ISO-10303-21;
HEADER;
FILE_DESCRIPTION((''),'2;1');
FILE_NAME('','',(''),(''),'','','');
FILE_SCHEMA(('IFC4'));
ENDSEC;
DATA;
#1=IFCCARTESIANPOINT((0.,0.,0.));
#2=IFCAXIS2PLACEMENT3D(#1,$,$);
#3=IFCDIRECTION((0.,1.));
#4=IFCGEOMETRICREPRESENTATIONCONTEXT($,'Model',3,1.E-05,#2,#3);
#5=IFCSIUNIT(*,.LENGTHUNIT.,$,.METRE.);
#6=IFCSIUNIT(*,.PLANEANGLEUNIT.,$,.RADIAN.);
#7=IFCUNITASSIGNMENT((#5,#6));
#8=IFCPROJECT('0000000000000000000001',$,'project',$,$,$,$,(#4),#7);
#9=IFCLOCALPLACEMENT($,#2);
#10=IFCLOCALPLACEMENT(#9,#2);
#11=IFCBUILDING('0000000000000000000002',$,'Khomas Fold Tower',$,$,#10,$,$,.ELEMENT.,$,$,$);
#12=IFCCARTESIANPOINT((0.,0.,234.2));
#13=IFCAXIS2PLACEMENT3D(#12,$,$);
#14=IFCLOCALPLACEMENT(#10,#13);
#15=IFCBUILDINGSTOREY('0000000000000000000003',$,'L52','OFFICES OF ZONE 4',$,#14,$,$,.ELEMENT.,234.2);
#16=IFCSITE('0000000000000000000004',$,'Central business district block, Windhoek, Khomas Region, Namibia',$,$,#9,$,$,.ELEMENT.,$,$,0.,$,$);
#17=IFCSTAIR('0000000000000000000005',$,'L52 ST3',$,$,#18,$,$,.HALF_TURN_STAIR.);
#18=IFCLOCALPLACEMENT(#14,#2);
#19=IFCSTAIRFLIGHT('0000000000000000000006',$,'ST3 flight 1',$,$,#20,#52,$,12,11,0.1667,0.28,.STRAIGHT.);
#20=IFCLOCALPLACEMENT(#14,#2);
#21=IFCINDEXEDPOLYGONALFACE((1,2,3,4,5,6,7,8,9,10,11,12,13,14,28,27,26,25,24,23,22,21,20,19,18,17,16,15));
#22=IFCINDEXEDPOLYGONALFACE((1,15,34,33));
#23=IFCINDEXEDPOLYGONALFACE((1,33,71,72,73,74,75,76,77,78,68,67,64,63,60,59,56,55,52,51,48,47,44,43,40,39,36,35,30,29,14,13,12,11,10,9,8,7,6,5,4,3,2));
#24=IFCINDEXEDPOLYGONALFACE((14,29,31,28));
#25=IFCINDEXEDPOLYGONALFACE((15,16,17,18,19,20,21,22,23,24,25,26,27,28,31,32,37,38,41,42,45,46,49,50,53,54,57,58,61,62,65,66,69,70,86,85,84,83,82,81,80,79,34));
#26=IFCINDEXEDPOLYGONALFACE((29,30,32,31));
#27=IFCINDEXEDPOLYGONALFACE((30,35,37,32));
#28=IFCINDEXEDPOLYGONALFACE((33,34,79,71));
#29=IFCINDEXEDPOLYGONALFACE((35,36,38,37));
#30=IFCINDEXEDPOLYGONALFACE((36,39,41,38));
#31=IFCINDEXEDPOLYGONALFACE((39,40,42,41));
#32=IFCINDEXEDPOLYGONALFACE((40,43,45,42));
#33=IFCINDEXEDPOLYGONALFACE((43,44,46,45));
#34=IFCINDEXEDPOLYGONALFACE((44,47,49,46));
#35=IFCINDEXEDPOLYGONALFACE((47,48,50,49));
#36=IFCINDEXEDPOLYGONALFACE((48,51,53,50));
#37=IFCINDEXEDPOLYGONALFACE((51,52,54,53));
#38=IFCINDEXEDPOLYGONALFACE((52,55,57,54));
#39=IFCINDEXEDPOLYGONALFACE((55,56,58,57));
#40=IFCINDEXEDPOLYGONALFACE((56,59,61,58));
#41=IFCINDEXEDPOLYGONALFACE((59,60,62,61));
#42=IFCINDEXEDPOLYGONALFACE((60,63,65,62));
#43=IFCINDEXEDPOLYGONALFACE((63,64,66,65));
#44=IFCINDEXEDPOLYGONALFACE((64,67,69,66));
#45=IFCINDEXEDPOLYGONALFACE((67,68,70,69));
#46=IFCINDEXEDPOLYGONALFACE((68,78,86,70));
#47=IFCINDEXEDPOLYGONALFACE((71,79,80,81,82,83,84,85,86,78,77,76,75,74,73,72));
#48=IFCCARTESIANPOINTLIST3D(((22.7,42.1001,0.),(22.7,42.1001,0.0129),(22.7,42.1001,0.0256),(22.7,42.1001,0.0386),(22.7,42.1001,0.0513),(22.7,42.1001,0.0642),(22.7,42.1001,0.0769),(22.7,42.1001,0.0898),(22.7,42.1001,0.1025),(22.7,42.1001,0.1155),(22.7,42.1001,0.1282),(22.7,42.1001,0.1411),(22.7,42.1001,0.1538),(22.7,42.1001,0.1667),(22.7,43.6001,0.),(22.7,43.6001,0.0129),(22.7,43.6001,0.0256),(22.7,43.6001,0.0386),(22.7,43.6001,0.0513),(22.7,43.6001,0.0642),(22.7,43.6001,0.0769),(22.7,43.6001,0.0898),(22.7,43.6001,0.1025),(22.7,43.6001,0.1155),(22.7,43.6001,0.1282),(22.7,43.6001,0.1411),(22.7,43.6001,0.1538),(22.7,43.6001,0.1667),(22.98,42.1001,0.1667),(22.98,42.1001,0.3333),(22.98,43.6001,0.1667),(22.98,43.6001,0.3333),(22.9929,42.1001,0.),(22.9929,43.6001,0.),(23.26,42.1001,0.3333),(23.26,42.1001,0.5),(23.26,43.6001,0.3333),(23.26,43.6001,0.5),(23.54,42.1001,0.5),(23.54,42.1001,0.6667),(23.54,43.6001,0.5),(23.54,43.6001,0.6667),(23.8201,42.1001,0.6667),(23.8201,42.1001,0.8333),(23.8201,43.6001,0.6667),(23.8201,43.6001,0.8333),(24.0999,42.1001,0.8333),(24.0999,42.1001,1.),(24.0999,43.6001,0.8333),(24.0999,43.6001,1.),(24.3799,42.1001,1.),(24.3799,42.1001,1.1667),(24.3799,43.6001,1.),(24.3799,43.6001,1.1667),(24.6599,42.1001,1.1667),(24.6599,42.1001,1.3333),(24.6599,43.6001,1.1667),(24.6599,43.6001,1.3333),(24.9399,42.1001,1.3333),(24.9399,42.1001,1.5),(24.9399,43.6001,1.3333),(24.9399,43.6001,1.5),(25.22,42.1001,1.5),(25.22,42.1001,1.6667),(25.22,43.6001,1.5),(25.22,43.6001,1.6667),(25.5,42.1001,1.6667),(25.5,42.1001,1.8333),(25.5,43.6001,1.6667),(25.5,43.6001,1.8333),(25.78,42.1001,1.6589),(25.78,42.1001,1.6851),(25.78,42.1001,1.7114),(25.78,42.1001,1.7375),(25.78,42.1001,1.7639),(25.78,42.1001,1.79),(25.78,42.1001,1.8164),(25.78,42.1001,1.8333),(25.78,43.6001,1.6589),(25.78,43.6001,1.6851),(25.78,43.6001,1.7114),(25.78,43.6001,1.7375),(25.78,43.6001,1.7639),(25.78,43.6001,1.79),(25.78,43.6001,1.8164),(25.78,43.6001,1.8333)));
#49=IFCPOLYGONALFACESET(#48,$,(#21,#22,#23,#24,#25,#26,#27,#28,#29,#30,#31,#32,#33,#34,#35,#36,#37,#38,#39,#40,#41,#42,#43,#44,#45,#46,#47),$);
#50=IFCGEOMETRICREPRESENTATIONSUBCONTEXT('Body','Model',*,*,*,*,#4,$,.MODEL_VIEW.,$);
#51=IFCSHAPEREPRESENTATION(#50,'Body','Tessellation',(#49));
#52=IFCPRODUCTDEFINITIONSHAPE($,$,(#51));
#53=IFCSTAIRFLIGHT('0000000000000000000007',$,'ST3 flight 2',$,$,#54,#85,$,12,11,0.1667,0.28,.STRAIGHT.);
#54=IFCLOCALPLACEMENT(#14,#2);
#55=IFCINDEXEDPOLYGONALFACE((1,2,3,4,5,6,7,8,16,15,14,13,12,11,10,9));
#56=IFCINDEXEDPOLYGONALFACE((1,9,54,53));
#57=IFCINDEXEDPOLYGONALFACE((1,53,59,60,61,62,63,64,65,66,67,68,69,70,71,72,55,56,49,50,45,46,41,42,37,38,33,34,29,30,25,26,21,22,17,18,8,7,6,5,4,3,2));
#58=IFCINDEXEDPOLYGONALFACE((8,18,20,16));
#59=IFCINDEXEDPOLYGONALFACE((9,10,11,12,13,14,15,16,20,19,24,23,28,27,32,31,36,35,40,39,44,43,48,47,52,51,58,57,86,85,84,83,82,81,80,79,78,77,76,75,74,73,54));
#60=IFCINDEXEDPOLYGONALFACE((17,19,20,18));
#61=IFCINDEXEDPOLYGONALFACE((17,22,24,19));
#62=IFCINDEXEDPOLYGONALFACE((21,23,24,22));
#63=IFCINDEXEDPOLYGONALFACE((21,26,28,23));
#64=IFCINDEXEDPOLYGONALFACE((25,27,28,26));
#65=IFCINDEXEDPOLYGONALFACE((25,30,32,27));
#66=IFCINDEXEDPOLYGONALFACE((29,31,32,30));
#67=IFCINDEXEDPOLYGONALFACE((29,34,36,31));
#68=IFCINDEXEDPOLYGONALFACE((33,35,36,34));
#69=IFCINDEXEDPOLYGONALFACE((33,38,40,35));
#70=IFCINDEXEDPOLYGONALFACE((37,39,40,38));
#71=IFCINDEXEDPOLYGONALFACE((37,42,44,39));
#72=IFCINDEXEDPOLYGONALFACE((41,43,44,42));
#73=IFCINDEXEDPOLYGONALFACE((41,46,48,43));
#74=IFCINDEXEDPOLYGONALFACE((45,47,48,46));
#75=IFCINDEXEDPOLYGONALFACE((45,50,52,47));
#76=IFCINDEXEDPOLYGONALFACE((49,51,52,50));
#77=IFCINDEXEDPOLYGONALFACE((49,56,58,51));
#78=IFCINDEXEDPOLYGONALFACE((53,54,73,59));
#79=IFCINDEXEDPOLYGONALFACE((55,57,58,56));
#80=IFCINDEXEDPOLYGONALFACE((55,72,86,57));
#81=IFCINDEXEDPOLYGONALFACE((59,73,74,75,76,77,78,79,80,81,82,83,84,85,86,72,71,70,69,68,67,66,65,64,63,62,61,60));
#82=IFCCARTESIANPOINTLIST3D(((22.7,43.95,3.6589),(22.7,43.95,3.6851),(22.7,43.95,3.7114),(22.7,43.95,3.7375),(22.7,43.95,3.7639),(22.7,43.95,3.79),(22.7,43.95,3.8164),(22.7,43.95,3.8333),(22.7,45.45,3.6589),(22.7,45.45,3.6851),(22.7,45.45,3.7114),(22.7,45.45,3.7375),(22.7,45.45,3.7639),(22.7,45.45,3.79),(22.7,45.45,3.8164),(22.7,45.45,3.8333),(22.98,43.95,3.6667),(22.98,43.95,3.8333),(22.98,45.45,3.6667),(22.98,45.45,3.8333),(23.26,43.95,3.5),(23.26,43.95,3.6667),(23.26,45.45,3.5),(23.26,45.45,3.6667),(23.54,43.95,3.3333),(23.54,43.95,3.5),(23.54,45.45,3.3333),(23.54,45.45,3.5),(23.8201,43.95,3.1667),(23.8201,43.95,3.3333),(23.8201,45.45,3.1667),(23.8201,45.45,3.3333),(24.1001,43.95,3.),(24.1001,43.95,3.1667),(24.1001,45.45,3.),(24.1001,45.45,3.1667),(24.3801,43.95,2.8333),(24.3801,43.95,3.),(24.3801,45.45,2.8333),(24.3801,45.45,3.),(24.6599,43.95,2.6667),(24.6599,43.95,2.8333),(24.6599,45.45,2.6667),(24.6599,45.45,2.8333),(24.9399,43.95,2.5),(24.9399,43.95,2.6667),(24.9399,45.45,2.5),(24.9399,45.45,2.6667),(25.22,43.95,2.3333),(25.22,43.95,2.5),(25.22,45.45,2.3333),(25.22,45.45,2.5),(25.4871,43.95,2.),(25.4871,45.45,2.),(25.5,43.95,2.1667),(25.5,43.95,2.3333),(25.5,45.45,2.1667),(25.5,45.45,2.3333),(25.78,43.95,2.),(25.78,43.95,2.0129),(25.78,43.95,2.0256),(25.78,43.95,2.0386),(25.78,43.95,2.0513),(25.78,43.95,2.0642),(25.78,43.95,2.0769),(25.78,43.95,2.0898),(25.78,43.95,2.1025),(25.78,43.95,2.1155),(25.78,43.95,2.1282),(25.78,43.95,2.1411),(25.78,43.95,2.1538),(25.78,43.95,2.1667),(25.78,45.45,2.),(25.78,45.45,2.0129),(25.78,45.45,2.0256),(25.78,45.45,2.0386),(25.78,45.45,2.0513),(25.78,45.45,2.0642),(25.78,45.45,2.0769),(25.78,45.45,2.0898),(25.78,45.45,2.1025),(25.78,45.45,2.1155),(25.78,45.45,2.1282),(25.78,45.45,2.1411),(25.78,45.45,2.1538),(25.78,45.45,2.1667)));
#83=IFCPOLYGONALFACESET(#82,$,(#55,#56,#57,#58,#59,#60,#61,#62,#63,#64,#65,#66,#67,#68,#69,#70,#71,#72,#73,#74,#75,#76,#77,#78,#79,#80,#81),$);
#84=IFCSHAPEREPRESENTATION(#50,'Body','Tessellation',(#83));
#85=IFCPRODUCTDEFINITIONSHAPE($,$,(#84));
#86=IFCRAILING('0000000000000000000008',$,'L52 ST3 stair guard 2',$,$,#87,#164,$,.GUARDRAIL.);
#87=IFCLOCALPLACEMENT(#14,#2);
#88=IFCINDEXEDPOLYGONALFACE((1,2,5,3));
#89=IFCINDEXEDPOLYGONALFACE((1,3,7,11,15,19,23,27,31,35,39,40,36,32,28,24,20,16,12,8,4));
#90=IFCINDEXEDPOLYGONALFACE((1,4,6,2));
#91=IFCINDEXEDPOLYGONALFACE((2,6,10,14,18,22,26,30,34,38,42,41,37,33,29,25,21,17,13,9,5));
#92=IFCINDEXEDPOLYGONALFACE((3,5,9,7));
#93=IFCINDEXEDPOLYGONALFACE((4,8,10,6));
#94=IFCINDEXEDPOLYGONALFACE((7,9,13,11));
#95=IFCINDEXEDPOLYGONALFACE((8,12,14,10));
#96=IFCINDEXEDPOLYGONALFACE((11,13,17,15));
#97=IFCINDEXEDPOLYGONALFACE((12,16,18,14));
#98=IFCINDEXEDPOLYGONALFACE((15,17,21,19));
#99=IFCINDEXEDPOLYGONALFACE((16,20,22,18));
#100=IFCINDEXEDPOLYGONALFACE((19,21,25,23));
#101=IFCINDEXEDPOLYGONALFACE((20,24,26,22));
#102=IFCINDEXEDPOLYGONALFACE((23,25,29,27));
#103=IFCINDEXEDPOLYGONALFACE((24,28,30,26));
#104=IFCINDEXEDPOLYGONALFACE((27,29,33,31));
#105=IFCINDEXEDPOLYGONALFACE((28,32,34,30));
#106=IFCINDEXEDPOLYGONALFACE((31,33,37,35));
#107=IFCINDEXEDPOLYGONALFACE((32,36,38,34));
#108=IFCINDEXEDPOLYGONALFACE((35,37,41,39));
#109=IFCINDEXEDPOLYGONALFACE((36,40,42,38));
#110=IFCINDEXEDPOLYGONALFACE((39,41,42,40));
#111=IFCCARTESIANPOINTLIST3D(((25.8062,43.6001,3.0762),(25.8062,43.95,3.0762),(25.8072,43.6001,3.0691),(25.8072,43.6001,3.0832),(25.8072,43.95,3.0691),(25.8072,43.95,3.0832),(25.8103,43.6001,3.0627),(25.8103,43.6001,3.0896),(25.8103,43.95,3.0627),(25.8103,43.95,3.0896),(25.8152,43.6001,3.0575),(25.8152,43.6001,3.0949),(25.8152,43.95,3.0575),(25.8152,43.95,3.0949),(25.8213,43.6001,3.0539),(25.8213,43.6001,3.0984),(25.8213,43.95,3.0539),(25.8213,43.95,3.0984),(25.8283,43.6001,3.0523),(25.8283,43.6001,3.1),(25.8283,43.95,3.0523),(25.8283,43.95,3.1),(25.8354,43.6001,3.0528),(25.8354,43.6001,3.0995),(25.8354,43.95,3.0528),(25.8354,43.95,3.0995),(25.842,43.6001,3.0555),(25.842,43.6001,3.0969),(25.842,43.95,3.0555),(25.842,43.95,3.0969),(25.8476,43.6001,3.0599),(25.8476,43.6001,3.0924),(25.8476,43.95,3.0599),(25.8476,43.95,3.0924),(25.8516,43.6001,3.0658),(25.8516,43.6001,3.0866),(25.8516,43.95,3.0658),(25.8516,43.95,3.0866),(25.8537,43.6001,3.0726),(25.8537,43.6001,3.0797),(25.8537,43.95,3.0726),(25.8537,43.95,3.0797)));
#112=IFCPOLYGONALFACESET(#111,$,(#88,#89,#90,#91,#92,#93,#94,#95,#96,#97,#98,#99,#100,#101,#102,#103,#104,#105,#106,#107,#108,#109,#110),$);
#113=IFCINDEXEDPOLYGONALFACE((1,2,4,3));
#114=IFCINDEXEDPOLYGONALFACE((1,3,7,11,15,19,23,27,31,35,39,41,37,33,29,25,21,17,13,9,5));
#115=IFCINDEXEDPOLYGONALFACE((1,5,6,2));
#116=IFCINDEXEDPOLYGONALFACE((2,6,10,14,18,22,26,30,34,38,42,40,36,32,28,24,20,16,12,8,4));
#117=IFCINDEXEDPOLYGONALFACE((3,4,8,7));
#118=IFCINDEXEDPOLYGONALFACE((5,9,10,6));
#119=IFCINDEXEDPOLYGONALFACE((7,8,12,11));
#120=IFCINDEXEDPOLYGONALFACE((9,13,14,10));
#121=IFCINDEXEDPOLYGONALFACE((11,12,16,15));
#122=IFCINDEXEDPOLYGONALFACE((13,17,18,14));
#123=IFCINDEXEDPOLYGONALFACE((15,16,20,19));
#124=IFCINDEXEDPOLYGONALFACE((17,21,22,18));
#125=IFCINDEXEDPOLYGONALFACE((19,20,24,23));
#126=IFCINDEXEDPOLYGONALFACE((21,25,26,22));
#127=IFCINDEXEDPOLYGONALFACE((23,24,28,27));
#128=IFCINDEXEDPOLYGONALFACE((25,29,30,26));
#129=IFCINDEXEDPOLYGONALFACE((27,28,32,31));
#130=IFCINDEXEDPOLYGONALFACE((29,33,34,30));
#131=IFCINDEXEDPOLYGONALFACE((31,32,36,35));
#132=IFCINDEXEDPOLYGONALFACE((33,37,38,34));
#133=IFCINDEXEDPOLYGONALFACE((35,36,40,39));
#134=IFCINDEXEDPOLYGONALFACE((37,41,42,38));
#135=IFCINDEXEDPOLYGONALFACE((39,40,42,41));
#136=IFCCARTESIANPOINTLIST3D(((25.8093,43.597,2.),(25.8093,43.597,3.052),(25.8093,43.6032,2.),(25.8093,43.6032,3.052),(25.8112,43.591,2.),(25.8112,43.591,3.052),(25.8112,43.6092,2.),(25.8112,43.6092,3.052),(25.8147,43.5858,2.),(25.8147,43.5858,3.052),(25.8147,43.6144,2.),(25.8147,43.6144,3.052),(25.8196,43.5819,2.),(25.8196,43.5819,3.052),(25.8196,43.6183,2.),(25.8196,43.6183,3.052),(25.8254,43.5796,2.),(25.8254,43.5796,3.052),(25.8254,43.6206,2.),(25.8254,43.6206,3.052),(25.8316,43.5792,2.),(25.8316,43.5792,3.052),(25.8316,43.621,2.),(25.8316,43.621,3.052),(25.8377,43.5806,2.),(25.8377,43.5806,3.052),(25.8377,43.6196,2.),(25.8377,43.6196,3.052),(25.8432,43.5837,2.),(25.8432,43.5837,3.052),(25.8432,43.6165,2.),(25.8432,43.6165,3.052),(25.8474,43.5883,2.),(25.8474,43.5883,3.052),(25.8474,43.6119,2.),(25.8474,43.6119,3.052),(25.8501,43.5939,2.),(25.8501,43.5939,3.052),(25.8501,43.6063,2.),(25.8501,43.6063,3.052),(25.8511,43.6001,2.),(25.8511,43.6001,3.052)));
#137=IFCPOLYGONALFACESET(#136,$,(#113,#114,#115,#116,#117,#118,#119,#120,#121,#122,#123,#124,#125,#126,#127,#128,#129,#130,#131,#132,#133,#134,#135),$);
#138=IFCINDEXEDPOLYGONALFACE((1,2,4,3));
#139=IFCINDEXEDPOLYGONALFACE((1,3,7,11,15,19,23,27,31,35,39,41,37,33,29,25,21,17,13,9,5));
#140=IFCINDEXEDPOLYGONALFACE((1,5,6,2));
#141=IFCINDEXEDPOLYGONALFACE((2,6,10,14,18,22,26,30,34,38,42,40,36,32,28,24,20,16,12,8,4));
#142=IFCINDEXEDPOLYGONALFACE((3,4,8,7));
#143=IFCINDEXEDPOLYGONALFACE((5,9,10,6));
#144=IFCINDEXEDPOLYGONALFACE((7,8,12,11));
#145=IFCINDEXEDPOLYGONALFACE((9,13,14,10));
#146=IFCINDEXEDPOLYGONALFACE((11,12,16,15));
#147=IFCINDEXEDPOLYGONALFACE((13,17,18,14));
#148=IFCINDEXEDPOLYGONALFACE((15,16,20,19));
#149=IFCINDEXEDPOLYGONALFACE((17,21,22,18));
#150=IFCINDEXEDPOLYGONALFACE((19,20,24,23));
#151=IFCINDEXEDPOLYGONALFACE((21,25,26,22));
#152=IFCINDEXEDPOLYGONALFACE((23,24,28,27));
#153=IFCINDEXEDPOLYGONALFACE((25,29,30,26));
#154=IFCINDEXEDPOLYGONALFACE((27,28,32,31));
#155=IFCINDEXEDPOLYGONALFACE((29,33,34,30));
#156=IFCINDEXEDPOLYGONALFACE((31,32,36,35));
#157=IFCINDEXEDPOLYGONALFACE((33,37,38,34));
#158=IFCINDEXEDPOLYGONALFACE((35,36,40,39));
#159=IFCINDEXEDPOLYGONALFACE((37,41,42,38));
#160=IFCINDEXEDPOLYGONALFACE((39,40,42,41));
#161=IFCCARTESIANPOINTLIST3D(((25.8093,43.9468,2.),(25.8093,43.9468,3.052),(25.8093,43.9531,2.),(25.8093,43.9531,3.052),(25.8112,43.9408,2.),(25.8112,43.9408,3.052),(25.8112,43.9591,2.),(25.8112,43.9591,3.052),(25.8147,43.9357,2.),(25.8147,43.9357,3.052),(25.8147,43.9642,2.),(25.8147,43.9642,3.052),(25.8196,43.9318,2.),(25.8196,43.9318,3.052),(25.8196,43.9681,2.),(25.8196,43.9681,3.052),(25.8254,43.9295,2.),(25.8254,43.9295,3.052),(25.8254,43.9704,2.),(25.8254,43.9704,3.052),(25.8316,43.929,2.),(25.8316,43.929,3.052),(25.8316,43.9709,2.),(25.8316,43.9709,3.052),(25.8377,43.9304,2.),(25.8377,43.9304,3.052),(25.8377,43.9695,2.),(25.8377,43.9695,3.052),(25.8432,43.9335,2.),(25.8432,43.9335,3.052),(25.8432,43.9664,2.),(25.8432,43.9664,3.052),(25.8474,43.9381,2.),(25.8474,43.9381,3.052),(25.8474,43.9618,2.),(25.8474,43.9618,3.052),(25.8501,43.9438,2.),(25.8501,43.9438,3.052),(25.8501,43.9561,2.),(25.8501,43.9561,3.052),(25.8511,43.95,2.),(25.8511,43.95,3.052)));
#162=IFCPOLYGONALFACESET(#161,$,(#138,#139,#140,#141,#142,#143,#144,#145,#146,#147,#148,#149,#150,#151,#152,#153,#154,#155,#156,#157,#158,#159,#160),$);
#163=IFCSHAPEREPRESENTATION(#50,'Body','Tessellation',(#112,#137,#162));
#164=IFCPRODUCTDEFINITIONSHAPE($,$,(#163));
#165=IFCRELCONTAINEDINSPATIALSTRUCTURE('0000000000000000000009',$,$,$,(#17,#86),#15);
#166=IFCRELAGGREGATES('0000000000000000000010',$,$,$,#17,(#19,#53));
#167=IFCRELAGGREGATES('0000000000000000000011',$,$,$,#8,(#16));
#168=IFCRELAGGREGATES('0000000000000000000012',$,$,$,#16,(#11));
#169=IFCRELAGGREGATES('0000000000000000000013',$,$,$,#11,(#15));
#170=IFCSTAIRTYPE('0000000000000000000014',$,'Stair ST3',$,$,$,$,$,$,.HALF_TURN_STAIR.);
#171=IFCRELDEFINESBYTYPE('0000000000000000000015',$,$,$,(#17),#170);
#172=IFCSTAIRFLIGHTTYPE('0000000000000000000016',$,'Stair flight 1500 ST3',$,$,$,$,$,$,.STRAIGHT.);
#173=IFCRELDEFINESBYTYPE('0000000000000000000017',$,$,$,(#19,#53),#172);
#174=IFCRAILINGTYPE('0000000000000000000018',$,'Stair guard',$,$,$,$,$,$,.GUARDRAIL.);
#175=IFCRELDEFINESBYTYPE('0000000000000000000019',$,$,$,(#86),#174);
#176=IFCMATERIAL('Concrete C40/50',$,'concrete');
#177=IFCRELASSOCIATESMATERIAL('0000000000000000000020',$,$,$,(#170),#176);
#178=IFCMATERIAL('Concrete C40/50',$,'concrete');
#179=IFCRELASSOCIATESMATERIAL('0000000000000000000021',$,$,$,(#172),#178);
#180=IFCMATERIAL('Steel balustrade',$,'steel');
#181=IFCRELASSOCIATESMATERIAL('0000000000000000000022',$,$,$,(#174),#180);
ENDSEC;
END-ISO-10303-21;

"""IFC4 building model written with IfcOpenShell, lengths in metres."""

from ifc_helpers import new_model, si_unit, direction, frame, origin, origin_2d, place, context, subcontext, project, spatial, polyline, circle, outline, extrude, source, transform, mapped, material, type_object, element, aggregate, save


model = new_model("IFC4")

# Units and contexts
model_context = context("Model", 3, precision=1e-05, world=origin(), true_north=direction((0.0, 1.0)))
body_context = subcontext(model_context, "Body", "Model", "MODEL_VIEW")
ifc_project = project(units=[si_unit("LENGTHUNIT", "METRE"), si_unit("PLANEANGLEUNIT", "RADIAN")], contexts=[model_context])

# Site, building, storey
site_placement = place(None, origin())
site = spatial("IfcSite", under=ifc_project, at=site_placement, Name="Central business district block, Windhoek, Khomas Region, Namibia", CompositionType="ELEMENT", RefElevation=0.0)
building_placement = place(site_placement, origin())
building = spatial("IfcBuilding", under=site, at=building_placement, Name="Khomas Fold Tower", CompositionType="ELEMENT")
storey_placement = place(building_placement, frame((0.0, 0.0, 234.2)))
storey = spatial("IfcBuildingStorey", under=building, at=storey_placement, Name="L52", Description="OFFICES OF ZONE 4", CompositionType="ELEMENT", Elevation=234.2)

# Stair, stair flights
ifc_material_1 = material(Name="Concrete C40/50", Category="concrete")
stair_type = type_object("IfcStairType", Name="Stair ST3", PredefinedType="HALF_TURN_STAIR", material=ifc_material_1)
stair_placement = place(storey_placement, origin())
stair = element("IfcStair", 1, at=stair_placement, inside=storey, type_object=stair_type, Name="L52 ST3", PredefinedType="HALF_TURN_STAIR")
ifc_material_2 = material(Name="Concrete C40/50", Category="concrete")
stair_flight_type = type_object("IfcStairFlightType", Name="Stair flight 1500 ST3", PredefinedType="STRAIGHT", material=ifc_material_2)
shared_shape_1 = source(origin(), body_context, "Body", "SweptSolid", [
    extrude(outline(polyline([(0.0, 0.0), (0.0, 0.0129), (0.0, 0.0256), (0.0, 0.0386), (0.0, 0.0513), (0.0, 0.0642), (0.0, 0.0769), (0.0, 0.0898), (0.0, 0.1025), (0.0, 0.1155), (0.0, 0.1282), (0.0, 0.1411), (0.0, 0.1538), (0.0, 0.1667), (0.28, 0.1667), (0.28, 0.3333), (0.5601, 0.3333), (0.5601, 0.5), (0.8401, 0.5), (0.8401, 0.6667), (1.1201, 0.6667), (1.1201, 0.8333), (1.3999, 0.8333), (1.3999, 1.0), (1.6799, 1.0), (1.6799, 1.1667), (1.96, 1.1667), (1.96, 1.3333), (2.24, 1.3333), (2.24, 1.5), (2.52, 1.5), (2.52, 1.6667), (2.8, 1.6667), (2.8, 1.8333), (3.0801, 1.8333), (3.0801, 2.0), (3.0801, 1.9739), (3.0801, 1.9475), (3.0801, 1.9214), (3.0801, 1.895), (3.0801, 1.8689), (3.0801, 1.8425), (3.0801, 1.8164), (3.0801, 1.79), (3.0801, 1.7639), (3.0801, 1.7375), (3.0801, 1.7114), (3.0801, 1.6851), (3.0801, 1.6589), (0.293, 0.0), (0.0, 0.0)])), frame((0.0, 0.75, 0.0), z_axis=(0.0, -1.0, 0.0), x_axis=(1.0, 0.0, 0.0)), (0.0, 0.0, 1.0), 1.5),
])
stair_flight_1_placement = place(storey_placement, frame((22.7, 42.8501, 0.0), z_axis=(0.0, 0.0, 1.0), x_axis=(1.0, 0.0, 0.0)))
stair_flight_1 = element("IfcStairFlight", 2, at=stair_flight_1_placement, type_object=stair_flight_type, Name="ST3 flight 1", NumberOfRisers=12, NumberOfTreads=11, PredefinedType="STRAIGHT", RiserHeight=0.1667, TreadLength=0.28, context=body_context, shape_type="MappedRepresentation", body=[
    mapped(shared_shape_1, transform((0.0, 0.0, 0.0))),
])
stair_flight_2_placement = place(storey_placement, frame((25.78, 44.7, 2.0), z_axis=(0.0, 0.0, 1.0), x_axis=(-1.0, 0.0, 0.0)))
stair_flight_2 = element("IfcStairFlight", 3, at=stair_flight_2_placement, type_object=stair_flight_type, Name="ST3 flight 2", NumberOfRisers=12, NumberOfTreads=11, PredefinedType="STRAIGHT", RiserHeight=0.1667, TreadLength=0.28, context=body_context, shape_type="MappedRepresentation", body=[
    mapped(shared_shape_1, transform((0.0, 0.0, 0.0))),
])
aggregate(stair, [stair_flight_1, stair_flight_2])

# Railing
ifc_material_3 = material(Name="Steel balustrade", Category="steel")
railing_type_1 = type_object("IfcRailingType", Name="Stair guard", PredefinedType="GUARDRAIL", material=ifc_material_3)
shared_shape_2 = source(origin(), body_context, "Body", "SweptSolid", [
    extrude(circle(Radius=0.0239, at=origin_2d()), frame((0.0, 0.0, 1.0762), z_axis=(0.0, 1.0, 0.0), x_axis=(-1.0, 0.0, 0.0)), (0.0, 0.0, 1.0), 0.3499),
    extrude(circle(Radius=0.021, at=origin_2d()), origin(), (0.0, 0.0, 1.0), 1.052),
    extrude(circle(Radius=0.021, at=origin_2d()), frame((0.0, 0.3499, 0.0)), (0.0, 0.0, 1.0), 1.052),
])
for number, where, name in (
    (4, (25.8301, 43.6001, 2.0), "L52 ST3 stair guard 2"),
):
    element("IfcRailing", number, at=place(storey_placement, frame(where)), inside=storey, type_object=railing_type_1, Name=name, PredefinedType="GUARDRAIL", context=body_context, shape_type="MappedRepresentation", body=[
        mapped(shared_shape_2, transform((0.0, 0.0, 0.0))),
    ])

save(model, "model.ifc")
